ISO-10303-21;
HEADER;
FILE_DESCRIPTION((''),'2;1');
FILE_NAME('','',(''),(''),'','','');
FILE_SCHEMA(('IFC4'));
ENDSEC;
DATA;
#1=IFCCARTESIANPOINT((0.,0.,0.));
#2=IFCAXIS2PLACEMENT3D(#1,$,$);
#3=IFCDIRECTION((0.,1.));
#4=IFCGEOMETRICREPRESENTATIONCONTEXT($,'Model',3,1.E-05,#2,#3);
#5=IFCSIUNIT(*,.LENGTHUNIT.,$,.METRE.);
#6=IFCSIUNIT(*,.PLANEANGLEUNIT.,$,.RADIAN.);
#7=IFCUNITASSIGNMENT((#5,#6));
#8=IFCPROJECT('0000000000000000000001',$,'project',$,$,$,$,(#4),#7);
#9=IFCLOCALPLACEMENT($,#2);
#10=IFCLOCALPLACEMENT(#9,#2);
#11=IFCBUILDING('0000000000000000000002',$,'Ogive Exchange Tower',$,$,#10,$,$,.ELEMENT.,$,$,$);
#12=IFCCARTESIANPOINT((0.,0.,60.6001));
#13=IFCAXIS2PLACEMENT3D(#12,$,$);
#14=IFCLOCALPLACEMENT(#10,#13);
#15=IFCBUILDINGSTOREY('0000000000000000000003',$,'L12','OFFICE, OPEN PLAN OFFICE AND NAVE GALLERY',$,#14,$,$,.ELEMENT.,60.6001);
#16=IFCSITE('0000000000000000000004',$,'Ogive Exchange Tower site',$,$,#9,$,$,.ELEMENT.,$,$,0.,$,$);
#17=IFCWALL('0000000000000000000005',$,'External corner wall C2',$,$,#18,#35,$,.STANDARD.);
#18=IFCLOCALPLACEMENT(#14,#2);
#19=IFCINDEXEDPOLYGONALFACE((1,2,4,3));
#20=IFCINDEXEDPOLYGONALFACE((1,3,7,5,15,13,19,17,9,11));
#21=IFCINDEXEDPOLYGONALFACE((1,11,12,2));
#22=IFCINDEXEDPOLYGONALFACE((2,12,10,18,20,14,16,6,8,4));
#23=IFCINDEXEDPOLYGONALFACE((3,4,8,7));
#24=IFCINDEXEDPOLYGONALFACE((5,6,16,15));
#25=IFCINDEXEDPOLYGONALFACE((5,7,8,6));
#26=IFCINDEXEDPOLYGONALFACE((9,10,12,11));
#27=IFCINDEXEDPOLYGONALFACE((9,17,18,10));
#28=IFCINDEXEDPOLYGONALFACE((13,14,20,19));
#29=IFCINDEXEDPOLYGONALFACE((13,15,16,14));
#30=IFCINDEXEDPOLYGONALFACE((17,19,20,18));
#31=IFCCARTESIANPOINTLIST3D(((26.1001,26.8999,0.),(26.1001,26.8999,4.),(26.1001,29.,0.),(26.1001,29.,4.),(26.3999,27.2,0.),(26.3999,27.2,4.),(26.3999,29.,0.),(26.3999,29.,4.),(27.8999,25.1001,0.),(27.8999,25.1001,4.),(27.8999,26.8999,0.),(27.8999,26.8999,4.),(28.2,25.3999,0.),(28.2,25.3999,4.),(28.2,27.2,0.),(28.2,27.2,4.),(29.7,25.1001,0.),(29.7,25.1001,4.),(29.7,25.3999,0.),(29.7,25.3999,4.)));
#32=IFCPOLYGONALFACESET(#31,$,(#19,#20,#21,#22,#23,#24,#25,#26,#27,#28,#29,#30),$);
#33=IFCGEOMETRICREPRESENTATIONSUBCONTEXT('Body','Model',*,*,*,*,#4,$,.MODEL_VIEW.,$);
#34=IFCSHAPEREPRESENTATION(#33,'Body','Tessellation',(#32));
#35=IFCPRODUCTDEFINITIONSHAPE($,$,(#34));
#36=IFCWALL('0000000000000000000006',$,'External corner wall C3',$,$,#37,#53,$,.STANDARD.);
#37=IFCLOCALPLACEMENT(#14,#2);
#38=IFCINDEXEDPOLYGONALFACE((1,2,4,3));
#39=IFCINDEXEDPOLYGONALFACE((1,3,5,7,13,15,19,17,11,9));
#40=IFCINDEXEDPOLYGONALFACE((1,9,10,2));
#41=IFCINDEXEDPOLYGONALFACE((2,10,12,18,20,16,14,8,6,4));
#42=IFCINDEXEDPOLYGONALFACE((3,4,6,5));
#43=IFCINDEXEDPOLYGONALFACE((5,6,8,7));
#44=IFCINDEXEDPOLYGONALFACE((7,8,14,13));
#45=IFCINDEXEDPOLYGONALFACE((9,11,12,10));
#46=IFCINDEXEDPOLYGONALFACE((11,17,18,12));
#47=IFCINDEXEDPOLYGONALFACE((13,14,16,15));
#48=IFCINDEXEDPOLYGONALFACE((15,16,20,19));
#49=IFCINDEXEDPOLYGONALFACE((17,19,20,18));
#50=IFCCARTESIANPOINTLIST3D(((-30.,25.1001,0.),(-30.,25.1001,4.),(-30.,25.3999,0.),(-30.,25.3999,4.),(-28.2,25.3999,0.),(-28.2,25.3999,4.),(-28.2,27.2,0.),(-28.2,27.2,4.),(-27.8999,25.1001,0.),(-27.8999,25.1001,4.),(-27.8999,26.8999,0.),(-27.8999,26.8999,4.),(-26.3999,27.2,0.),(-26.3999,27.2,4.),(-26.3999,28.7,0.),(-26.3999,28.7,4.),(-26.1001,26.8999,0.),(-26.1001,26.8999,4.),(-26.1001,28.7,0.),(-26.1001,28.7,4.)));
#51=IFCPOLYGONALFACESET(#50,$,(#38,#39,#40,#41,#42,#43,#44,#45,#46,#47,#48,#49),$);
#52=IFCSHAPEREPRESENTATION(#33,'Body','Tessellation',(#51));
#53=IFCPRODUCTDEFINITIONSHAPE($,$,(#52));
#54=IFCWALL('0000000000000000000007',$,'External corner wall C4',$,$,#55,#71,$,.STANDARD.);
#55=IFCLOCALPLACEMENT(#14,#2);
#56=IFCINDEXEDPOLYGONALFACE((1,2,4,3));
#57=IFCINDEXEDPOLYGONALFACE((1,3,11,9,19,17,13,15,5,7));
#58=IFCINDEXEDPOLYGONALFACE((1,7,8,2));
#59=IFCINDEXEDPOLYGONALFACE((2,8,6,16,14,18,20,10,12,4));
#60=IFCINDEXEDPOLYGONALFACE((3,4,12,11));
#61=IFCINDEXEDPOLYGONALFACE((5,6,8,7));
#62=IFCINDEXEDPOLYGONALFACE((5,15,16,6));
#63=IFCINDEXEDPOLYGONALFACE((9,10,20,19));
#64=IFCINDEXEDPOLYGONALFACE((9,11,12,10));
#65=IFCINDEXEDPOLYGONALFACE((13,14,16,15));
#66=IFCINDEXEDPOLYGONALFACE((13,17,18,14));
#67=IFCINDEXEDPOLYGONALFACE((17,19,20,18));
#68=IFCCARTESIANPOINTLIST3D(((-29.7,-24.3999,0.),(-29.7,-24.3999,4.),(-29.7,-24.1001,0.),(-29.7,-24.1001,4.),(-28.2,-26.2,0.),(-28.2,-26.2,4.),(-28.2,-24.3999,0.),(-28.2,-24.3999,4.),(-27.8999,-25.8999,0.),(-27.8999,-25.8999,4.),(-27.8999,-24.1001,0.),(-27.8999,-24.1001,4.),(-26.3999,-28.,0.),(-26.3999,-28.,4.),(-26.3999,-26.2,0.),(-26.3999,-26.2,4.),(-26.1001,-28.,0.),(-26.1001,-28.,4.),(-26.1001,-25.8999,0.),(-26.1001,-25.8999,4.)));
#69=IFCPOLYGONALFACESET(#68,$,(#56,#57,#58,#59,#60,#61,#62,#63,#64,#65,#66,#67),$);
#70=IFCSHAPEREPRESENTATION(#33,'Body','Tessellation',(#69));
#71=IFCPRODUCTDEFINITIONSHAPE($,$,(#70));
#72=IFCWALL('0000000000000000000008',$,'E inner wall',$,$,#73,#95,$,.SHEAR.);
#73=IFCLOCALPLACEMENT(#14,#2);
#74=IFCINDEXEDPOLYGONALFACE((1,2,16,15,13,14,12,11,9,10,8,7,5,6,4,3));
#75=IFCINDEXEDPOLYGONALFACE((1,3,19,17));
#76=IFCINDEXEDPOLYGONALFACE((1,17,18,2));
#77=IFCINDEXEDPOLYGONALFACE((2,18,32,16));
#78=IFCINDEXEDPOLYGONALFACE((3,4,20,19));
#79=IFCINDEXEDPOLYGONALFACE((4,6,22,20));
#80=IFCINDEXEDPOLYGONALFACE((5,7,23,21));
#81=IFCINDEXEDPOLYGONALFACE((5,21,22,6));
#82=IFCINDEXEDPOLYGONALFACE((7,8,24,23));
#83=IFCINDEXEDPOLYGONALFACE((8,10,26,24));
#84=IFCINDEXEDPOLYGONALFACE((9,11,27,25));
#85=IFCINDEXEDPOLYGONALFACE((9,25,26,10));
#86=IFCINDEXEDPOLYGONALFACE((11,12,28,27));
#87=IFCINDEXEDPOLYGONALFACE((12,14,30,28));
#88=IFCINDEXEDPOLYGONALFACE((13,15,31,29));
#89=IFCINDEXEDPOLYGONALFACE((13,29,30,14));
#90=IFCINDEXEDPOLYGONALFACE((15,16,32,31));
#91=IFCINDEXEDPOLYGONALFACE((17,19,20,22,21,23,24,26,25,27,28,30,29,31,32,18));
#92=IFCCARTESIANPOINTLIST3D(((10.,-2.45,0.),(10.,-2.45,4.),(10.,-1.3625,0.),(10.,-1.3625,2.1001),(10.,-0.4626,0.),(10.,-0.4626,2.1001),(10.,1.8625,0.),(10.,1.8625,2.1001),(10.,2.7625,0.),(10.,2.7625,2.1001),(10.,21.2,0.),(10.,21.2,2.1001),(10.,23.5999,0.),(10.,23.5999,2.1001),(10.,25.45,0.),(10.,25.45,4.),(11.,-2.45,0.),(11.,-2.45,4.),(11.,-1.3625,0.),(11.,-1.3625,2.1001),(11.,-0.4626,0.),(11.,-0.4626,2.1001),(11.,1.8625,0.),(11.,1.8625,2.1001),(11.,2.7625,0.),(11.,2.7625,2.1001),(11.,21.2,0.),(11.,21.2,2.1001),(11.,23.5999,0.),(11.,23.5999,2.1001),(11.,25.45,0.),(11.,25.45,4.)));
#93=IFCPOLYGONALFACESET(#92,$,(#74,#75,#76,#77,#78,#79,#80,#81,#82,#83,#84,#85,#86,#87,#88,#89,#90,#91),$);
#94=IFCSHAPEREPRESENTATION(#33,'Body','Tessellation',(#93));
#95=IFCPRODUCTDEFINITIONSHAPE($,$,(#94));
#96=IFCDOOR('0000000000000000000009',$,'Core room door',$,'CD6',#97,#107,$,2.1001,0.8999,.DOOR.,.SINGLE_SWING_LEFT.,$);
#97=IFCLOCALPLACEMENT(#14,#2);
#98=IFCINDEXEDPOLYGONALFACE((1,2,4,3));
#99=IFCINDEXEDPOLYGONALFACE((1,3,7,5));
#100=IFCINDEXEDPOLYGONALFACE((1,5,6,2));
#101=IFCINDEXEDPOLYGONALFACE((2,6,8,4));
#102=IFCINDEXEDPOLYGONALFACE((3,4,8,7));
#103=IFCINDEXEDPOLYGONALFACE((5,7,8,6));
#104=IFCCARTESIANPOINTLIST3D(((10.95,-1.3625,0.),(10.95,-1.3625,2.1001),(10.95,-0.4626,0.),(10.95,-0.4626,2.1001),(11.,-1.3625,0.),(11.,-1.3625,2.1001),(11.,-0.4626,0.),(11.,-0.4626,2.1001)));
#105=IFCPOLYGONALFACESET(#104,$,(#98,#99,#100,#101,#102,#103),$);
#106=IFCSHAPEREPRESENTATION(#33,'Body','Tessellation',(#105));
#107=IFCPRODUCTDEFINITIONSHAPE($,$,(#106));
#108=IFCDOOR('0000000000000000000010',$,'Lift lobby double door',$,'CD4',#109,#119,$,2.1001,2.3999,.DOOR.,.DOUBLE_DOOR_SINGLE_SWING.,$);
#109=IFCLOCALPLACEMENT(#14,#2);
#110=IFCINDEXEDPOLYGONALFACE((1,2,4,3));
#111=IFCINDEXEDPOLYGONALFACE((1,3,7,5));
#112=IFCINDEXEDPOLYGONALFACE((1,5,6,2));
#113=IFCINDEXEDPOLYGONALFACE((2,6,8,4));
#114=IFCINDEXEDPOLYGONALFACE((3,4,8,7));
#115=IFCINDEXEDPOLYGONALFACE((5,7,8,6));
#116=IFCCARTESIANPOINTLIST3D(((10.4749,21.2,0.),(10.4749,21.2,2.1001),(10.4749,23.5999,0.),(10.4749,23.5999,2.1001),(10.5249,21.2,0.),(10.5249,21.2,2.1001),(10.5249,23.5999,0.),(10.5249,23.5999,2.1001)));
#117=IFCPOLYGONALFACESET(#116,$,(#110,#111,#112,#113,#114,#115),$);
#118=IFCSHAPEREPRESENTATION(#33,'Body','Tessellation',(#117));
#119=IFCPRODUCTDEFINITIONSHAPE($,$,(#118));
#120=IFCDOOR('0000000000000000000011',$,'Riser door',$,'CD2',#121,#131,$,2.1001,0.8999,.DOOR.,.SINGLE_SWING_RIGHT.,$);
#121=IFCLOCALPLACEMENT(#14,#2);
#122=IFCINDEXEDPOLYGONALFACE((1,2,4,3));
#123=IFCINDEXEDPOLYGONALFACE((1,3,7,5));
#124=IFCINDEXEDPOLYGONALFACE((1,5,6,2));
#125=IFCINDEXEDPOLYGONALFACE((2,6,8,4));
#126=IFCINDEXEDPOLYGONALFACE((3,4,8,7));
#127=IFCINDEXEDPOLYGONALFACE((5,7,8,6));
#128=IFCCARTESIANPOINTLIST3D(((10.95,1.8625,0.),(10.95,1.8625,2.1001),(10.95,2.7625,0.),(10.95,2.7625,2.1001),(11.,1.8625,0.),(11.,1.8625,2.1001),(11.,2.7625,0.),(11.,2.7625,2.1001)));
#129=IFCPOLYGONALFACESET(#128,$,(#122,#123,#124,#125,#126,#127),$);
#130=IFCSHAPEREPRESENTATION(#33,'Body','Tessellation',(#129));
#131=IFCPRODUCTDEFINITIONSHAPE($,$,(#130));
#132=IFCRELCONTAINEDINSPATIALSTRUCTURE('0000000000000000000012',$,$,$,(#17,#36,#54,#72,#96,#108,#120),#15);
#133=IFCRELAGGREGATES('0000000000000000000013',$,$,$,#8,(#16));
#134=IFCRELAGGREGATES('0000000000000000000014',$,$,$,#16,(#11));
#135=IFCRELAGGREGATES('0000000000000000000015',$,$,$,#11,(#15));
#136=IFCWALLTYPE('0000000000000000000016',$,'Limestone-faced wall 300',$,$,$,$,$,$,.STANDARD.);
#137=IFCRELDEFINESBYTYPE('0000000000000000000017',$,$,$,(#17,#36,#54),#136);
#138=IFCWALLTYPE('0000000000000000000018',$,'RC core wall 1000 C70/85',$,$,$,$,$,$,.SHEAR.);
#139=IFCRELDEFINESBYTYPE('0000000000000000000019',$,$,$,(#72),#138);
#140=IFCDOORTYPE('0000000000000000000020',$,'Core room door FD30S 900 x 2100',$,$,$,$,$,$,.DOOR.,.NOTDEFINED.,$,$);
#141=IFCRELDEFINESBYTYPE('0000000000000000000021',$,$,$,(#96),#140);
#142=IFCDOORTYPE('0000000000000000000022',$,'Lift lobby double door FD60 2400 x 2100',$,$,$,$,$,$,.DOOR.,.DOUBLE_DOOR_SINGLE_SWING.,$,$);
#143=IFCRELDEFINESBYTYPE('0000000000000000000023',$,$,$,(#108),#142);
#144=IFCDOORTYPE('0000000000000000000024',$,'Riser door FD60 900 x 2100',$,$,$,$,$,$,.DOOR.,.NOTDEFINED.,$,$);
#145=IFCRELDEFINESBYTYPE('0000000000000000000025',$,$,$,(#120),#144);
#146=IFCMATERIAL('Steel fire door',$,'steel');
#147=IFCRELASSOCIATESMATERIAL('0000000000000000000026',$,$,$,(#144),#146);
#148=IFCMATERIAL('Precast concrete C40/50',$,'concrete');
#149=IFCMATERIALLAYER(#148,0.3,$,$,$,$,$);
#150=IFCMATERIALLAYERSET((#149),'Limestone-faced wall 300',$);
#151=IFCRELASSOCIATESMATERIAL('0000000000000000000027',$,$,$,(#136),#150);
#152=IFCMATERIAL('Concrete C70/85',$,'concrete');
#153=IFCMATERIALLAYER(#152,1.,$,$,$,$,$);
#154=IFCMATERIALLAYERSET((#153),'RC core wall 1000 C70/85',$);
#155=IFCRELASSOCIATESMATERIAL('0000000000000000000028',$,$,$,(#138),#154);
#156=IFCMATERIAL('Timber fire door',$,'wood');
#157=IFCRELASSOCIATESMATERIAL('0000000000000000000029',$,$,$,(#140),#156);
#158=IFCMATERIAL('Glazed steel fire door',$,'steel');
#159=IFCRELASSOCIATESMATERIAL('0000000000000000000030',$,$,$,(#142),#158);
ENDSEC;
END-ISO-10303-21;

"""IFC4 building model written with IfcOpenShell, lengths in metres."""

from ifc_helpers import new_model, si_unit, direction, frame, frame_2d, origin, place, context, subcontext, project, spatial, polyline, rectangle, outline, extrude, material, layer, layer_set, type_object, element, fill, save


model = new_model("IFC4")

# Units and contexts
model_context = context("Model", 3, precision=1e-05, world=origin(), true_north=direction((0.0, 1.0)))
body_context = subcontext(model_context, "Body", "Model", "MODEL_VIEW")
ifc_project = project(units=[si_unit("LENGTHUNIT", "METRE"), si_unit("PLANEANGLEUNIT", "RADIAN")], contexts=[model_context])

# Site, building, storey
site_placement = place(None, origin())
site = spatial("IfcSite", under=ifc_project, at=site_placement, Name="Ogive Exchange Tower site", CompositionType="ELEMENT", RefElevation=0.0)
building_placement = place(site_placement, origin())
building = spatial("IfcBuilding", under=site, at=building_placement, Name="Ogive Exchange Tower", CompositionType="ELEMENT")
storey_placement = place(building_placement, frame((0.0, 0.0, 60.6001)))
storey = spatial("IfcBuildingStorey", under=building, at=storey_placement, Name="L12", Description="OFFICE, OPEN PLAN OFFICE AND NAVE GALLERY", CompositionType="ELEMENT", Elevation=60.6001)

# Shared definitions
ifc_material_1 = material(Name="Steel fire door", Category="steel")
door_type_1 = type_object("IfcDoorType", Name="Riser door FD60 900 x 2100", OperationType="NOTDEFINED", PredefinedType="DOOR", material=ifc_material_1)

# Walls
ifc_material_2 = material(Name="Precast concrete C40/50", Category="concrete")
ifc_layer_1 = layer(ifc_material_2, 0.3)
ifc_layer_set_1 = layer_set([ifc_layer_1], Name="Limestone-faced wall 300")
wall_type_1 = type_object("IfcWallType", Name="Limestone-faced wall 300", PredefinedType="STANDARD", material=ifc_layer_set_1)
wall_1_placement = place(storey_placement, origin())
element("IfcWall", 1, at=wall_1_placement, inside=storey, type_object=wall_type_1, Name="External corner wall C2", PredefinedType="STANDARD", context=body_context, shape_type="SweptSolid", body=[
    extrude(outline(polyline([(27.8999, 26.8999), (26.1001, 26.8999), (26.1001, 29.0), (26.3999, 29.0), (26.3999, 27.2), (28.2, 27.2), (28.2, 25.3999), (29.7, 25.3999), (29.7, 25.1001), (27.8999, 25.1001), (27.8999, 26.8999)])), origin(), (0.0, 0.0, 1.0), 4.0),
])
wall_2_placement = place(storey_placement, origin())
element("IfcWall", 2, at=wall_2_placement, inside=storey, type_object=wall_type_1, Name="External corner wall C3", PredefinedType="STANDARD", context=body_context, shape_type="SweptSolid", body=[
    extrude(outline(polyline([(-28.2, 25.3999), (-28.2, 27.2), (-26.3999, 27.2), (-26.3999, 28.7), (-26.1001, 28.7), (-26.1001, 26.8999), (-27.8999, 26.8999), (-27.8999, 25.1001), (-30.0, 25.1001), (-30.0, 25.3999), (-28.2, 25.3999)])), origin(), (0.0, 0.0, 1.0), 4.0),
])
wall_3_placement = place(storey_placement, origin())
element("IfcWall", 3, at=wall_3_placement, inside=storey, type_object=wall_type_1, Name="External corner wall C4", PredefinedType="STANDARD", context=body_context, shape_type="SweptSolid", body=[
    extrude(outline(polyline([(-26.3999, -26.2), (-28.2, -26.2), (-28.2, -24.3999), (-29.7, -24.3999), (-29.7, -24.1001), (-27.8999, -24.1001), (-27.8999, -25.8999), (-26.1001, -25.8999), (-26.1001, -28.0), (-26.3999, -28.0), (-26.3999, -26.2)])), origin(), (0.0, 0.0, 1.0), 4.0),
])

# Wall, openings, doors
ifc_material_3 = material(Name="Concrete C70/85", Category="concrete")
ifc_layer_2 = layer(ifc_material_3, 1.0)
ifc_layer_set_2 = layer_set([ifc_layer_2], Name="RC core wall 1000 C70/85")
wall_type_2 = type_object("IfcWallType", Name="RC core wall 1000 C70/85", PredefinedType="SHEAR", material=ifc_layer_set_2)
wall_4_placement = place(storey_placement, frame((10.5, -2.45, 0.0), z_axis=(0.0, 0.0, 1.0), x_axis=(0.0, 1.0, 0.0)))
wall_4 = element("IfcWall", 4, at=wall_4_placement, inside=storey, type_object=wall_type_2, Name="E inner wall", PredefinedType="SHEAR", context=body_context, shape_type="SweptSolid", body=[
    extrude(rectangle(XDim=27.8999, YDim=1.0, at=frame_2d((13.95, 0.0))), origin(), (0.0, 0.0, 1.0), 4.0),
])
opening_1_placement = place(wall_4_placement, frame((23.6499, 0.0, 0.0)))
opening_1 = element("IfcOpeningElement", 5, at=opening_1_placement, cuts=wall_4, PredefinedType="OPENING", context=body_context, shape_type="SweptSolid", body=[
    extrude(rectangle(XDim=2.3999, YDim=2.1001, at=frame_2d((1.2, 1.05))), frame((0.0, 0.51, 0.0), z_axis=(0.0, -1.0, 0.0), x_axis=(1.0, 0.0, 0.0)), (0.0, 0.0, 1.0), 1.02),
])
opening_2_placement = place(wall_4_placement, frame((1.0874, 0.0, 0.0)))
opening_2 = element("IfcOpeningElement", 6, at=opening_2_placement, cuts=wall_4, PredefinedType="OPENING", context=body_context, shape_type="SweptSolid", body=[
    extrude(rectangle(XDim=0.8999, YDim=2.1001, at=frame_2d((0.45, 1.05))), frame((0.0, 0.51, 0.0), z_axis=(0.0, -1.0, 0.0), x_axis=(1.0, 0.0, 0.0)), (0.0, 0.0, 1.0), 1.02),
])
opening_3_placement = place(wall_4_placement, frame((4.3125, 0.0, 0.0)))
opening_3 = element("IfcOpeningElement", 7, at=opening_3_placement, cuts=wall_4, PredefinedType="OPENING", context=body_context, shape_type="SweptSolid", body=[
    extrude(rectangle(XDim=0.8999, YDim=2.1001, at=frame_2d((0.45, 1.05))), frame((0.0, 0.51, 0.0), z_axis=(0.0, -1.0, 0.0), x_axis=(1.0, 0.0, 0.0)), (0.0, 0.0, 1.0), 1.02),
])
ifc_material_4 = material(Name="Timber fire door", Category="wood")
door_type_2 = type_object("IfcDoorType", Name="Core room door FD30S 900 x 2100", OperationType="NOTDEFINED", PredefinedType="DOOR", material=ifc_material_4)
door_1_placement = place(opening_2_placement, frame((0.8999, -0.9502, 0.0), z_axis=(0.0, 0.0, 1.0), x_axis=(-1.0, 0.0, 0.0)))
door_1 = element("IfcDoor", 8, at=door_1_placement, inside=storey, type_object=door_type_2, Name="Core room door", ObjectType="CD6", OperationType="SINGLE_SWING_LEFT", OverallHeight=2.1001, OverallWidth=0.8999, PredefinedType="DOOR", context=body_context, shape_type="SweptSolid", body=[
    extrude(rectangle(XDim=0.8999, YDim=2.1001, at=frame_2d((0.45, 1.05))), frame((0.0, -0.4502, 0.0), z_axis=(0.0, -1.0, 0.0), x_axis=(1.0, 0.0, 0.0)), (0.0, 0.0, 1.0), 0.05),
])
fill(opening_2, door_1)
ifc_material_5 = material(Name="Glazed steel fire door", Category="steel")
door_type_3 = type_object("IfcDoorType", Name="Lift lobby double door FD60 2400 x 2100", OperationType="DOUBLE_DOOR_SINGLE_SWING", PredefinedType="DOOR", material=ifc_material_5)
door_2_placement = place(opening_1_placement, frame((2.3999, 0.0, 0.0), z_axis=(0.0, 0.0, 1.0), x_axis=(-1.0, 0.0, 0.0)))
door_2 = element("IfcDoor", 9, at=door_2_placement, inside=storey, type_object=door_type_3, Name="Lift lobby double door", ObjectType="CD4", OperationType="DOUBLE_DOOR_SINGLE_SWING", OverallHeight=2.1001, OverallWidth=2.3999, PredefinedType="DOOR", context=body_context, shape_type="SweptSolid", body=[
    extrude(rectangle(XDim=2.3999, YDim=2.1001, at=frame_2d((1.2, 1.05))), frame((0.0, 0.0249, 0.0), z_axis=(0.0, -1.0, 0.0), x_axis=(1.0, 0.0, 0.0)), (0.0, 0.0, 1.0), 0.05),
])
fill(opening_1, door_2)
door_3_placement = place(opening_3_placement, frame((0.8999, -0.9502, 0.0), z_axis=(0.0, 0.0, 1.0), x_axis=(-1.0, 0.0, 0.0)))
door_3 = element("IfcDoor", 10, at=door_3_placement, inside=storey, type_object=door_type_1, Name="Riser door", ObjectType="CD2", OperationType="SINGLE_SWING_RIGHT", OverallHeight=2.1001, OverallWidth=0.8999, PredefinedType="DOOR", context=body_context, shape_type="SweptSolid", body=[
    extrude(rectangle(XDim=0.8999, YDim=2.1001, at=frame_2d((0.45, 1.05))), frame((0.0, -0.4502, 0.0), z_axis=(0.0, -1.0, 0.0), x_axis=(1.0, 0.0, 0.0)), (0.0, 0.0, 1.0), 0.05),
])
fill(opening_3, door_3)

save(model, "model.ifc")
